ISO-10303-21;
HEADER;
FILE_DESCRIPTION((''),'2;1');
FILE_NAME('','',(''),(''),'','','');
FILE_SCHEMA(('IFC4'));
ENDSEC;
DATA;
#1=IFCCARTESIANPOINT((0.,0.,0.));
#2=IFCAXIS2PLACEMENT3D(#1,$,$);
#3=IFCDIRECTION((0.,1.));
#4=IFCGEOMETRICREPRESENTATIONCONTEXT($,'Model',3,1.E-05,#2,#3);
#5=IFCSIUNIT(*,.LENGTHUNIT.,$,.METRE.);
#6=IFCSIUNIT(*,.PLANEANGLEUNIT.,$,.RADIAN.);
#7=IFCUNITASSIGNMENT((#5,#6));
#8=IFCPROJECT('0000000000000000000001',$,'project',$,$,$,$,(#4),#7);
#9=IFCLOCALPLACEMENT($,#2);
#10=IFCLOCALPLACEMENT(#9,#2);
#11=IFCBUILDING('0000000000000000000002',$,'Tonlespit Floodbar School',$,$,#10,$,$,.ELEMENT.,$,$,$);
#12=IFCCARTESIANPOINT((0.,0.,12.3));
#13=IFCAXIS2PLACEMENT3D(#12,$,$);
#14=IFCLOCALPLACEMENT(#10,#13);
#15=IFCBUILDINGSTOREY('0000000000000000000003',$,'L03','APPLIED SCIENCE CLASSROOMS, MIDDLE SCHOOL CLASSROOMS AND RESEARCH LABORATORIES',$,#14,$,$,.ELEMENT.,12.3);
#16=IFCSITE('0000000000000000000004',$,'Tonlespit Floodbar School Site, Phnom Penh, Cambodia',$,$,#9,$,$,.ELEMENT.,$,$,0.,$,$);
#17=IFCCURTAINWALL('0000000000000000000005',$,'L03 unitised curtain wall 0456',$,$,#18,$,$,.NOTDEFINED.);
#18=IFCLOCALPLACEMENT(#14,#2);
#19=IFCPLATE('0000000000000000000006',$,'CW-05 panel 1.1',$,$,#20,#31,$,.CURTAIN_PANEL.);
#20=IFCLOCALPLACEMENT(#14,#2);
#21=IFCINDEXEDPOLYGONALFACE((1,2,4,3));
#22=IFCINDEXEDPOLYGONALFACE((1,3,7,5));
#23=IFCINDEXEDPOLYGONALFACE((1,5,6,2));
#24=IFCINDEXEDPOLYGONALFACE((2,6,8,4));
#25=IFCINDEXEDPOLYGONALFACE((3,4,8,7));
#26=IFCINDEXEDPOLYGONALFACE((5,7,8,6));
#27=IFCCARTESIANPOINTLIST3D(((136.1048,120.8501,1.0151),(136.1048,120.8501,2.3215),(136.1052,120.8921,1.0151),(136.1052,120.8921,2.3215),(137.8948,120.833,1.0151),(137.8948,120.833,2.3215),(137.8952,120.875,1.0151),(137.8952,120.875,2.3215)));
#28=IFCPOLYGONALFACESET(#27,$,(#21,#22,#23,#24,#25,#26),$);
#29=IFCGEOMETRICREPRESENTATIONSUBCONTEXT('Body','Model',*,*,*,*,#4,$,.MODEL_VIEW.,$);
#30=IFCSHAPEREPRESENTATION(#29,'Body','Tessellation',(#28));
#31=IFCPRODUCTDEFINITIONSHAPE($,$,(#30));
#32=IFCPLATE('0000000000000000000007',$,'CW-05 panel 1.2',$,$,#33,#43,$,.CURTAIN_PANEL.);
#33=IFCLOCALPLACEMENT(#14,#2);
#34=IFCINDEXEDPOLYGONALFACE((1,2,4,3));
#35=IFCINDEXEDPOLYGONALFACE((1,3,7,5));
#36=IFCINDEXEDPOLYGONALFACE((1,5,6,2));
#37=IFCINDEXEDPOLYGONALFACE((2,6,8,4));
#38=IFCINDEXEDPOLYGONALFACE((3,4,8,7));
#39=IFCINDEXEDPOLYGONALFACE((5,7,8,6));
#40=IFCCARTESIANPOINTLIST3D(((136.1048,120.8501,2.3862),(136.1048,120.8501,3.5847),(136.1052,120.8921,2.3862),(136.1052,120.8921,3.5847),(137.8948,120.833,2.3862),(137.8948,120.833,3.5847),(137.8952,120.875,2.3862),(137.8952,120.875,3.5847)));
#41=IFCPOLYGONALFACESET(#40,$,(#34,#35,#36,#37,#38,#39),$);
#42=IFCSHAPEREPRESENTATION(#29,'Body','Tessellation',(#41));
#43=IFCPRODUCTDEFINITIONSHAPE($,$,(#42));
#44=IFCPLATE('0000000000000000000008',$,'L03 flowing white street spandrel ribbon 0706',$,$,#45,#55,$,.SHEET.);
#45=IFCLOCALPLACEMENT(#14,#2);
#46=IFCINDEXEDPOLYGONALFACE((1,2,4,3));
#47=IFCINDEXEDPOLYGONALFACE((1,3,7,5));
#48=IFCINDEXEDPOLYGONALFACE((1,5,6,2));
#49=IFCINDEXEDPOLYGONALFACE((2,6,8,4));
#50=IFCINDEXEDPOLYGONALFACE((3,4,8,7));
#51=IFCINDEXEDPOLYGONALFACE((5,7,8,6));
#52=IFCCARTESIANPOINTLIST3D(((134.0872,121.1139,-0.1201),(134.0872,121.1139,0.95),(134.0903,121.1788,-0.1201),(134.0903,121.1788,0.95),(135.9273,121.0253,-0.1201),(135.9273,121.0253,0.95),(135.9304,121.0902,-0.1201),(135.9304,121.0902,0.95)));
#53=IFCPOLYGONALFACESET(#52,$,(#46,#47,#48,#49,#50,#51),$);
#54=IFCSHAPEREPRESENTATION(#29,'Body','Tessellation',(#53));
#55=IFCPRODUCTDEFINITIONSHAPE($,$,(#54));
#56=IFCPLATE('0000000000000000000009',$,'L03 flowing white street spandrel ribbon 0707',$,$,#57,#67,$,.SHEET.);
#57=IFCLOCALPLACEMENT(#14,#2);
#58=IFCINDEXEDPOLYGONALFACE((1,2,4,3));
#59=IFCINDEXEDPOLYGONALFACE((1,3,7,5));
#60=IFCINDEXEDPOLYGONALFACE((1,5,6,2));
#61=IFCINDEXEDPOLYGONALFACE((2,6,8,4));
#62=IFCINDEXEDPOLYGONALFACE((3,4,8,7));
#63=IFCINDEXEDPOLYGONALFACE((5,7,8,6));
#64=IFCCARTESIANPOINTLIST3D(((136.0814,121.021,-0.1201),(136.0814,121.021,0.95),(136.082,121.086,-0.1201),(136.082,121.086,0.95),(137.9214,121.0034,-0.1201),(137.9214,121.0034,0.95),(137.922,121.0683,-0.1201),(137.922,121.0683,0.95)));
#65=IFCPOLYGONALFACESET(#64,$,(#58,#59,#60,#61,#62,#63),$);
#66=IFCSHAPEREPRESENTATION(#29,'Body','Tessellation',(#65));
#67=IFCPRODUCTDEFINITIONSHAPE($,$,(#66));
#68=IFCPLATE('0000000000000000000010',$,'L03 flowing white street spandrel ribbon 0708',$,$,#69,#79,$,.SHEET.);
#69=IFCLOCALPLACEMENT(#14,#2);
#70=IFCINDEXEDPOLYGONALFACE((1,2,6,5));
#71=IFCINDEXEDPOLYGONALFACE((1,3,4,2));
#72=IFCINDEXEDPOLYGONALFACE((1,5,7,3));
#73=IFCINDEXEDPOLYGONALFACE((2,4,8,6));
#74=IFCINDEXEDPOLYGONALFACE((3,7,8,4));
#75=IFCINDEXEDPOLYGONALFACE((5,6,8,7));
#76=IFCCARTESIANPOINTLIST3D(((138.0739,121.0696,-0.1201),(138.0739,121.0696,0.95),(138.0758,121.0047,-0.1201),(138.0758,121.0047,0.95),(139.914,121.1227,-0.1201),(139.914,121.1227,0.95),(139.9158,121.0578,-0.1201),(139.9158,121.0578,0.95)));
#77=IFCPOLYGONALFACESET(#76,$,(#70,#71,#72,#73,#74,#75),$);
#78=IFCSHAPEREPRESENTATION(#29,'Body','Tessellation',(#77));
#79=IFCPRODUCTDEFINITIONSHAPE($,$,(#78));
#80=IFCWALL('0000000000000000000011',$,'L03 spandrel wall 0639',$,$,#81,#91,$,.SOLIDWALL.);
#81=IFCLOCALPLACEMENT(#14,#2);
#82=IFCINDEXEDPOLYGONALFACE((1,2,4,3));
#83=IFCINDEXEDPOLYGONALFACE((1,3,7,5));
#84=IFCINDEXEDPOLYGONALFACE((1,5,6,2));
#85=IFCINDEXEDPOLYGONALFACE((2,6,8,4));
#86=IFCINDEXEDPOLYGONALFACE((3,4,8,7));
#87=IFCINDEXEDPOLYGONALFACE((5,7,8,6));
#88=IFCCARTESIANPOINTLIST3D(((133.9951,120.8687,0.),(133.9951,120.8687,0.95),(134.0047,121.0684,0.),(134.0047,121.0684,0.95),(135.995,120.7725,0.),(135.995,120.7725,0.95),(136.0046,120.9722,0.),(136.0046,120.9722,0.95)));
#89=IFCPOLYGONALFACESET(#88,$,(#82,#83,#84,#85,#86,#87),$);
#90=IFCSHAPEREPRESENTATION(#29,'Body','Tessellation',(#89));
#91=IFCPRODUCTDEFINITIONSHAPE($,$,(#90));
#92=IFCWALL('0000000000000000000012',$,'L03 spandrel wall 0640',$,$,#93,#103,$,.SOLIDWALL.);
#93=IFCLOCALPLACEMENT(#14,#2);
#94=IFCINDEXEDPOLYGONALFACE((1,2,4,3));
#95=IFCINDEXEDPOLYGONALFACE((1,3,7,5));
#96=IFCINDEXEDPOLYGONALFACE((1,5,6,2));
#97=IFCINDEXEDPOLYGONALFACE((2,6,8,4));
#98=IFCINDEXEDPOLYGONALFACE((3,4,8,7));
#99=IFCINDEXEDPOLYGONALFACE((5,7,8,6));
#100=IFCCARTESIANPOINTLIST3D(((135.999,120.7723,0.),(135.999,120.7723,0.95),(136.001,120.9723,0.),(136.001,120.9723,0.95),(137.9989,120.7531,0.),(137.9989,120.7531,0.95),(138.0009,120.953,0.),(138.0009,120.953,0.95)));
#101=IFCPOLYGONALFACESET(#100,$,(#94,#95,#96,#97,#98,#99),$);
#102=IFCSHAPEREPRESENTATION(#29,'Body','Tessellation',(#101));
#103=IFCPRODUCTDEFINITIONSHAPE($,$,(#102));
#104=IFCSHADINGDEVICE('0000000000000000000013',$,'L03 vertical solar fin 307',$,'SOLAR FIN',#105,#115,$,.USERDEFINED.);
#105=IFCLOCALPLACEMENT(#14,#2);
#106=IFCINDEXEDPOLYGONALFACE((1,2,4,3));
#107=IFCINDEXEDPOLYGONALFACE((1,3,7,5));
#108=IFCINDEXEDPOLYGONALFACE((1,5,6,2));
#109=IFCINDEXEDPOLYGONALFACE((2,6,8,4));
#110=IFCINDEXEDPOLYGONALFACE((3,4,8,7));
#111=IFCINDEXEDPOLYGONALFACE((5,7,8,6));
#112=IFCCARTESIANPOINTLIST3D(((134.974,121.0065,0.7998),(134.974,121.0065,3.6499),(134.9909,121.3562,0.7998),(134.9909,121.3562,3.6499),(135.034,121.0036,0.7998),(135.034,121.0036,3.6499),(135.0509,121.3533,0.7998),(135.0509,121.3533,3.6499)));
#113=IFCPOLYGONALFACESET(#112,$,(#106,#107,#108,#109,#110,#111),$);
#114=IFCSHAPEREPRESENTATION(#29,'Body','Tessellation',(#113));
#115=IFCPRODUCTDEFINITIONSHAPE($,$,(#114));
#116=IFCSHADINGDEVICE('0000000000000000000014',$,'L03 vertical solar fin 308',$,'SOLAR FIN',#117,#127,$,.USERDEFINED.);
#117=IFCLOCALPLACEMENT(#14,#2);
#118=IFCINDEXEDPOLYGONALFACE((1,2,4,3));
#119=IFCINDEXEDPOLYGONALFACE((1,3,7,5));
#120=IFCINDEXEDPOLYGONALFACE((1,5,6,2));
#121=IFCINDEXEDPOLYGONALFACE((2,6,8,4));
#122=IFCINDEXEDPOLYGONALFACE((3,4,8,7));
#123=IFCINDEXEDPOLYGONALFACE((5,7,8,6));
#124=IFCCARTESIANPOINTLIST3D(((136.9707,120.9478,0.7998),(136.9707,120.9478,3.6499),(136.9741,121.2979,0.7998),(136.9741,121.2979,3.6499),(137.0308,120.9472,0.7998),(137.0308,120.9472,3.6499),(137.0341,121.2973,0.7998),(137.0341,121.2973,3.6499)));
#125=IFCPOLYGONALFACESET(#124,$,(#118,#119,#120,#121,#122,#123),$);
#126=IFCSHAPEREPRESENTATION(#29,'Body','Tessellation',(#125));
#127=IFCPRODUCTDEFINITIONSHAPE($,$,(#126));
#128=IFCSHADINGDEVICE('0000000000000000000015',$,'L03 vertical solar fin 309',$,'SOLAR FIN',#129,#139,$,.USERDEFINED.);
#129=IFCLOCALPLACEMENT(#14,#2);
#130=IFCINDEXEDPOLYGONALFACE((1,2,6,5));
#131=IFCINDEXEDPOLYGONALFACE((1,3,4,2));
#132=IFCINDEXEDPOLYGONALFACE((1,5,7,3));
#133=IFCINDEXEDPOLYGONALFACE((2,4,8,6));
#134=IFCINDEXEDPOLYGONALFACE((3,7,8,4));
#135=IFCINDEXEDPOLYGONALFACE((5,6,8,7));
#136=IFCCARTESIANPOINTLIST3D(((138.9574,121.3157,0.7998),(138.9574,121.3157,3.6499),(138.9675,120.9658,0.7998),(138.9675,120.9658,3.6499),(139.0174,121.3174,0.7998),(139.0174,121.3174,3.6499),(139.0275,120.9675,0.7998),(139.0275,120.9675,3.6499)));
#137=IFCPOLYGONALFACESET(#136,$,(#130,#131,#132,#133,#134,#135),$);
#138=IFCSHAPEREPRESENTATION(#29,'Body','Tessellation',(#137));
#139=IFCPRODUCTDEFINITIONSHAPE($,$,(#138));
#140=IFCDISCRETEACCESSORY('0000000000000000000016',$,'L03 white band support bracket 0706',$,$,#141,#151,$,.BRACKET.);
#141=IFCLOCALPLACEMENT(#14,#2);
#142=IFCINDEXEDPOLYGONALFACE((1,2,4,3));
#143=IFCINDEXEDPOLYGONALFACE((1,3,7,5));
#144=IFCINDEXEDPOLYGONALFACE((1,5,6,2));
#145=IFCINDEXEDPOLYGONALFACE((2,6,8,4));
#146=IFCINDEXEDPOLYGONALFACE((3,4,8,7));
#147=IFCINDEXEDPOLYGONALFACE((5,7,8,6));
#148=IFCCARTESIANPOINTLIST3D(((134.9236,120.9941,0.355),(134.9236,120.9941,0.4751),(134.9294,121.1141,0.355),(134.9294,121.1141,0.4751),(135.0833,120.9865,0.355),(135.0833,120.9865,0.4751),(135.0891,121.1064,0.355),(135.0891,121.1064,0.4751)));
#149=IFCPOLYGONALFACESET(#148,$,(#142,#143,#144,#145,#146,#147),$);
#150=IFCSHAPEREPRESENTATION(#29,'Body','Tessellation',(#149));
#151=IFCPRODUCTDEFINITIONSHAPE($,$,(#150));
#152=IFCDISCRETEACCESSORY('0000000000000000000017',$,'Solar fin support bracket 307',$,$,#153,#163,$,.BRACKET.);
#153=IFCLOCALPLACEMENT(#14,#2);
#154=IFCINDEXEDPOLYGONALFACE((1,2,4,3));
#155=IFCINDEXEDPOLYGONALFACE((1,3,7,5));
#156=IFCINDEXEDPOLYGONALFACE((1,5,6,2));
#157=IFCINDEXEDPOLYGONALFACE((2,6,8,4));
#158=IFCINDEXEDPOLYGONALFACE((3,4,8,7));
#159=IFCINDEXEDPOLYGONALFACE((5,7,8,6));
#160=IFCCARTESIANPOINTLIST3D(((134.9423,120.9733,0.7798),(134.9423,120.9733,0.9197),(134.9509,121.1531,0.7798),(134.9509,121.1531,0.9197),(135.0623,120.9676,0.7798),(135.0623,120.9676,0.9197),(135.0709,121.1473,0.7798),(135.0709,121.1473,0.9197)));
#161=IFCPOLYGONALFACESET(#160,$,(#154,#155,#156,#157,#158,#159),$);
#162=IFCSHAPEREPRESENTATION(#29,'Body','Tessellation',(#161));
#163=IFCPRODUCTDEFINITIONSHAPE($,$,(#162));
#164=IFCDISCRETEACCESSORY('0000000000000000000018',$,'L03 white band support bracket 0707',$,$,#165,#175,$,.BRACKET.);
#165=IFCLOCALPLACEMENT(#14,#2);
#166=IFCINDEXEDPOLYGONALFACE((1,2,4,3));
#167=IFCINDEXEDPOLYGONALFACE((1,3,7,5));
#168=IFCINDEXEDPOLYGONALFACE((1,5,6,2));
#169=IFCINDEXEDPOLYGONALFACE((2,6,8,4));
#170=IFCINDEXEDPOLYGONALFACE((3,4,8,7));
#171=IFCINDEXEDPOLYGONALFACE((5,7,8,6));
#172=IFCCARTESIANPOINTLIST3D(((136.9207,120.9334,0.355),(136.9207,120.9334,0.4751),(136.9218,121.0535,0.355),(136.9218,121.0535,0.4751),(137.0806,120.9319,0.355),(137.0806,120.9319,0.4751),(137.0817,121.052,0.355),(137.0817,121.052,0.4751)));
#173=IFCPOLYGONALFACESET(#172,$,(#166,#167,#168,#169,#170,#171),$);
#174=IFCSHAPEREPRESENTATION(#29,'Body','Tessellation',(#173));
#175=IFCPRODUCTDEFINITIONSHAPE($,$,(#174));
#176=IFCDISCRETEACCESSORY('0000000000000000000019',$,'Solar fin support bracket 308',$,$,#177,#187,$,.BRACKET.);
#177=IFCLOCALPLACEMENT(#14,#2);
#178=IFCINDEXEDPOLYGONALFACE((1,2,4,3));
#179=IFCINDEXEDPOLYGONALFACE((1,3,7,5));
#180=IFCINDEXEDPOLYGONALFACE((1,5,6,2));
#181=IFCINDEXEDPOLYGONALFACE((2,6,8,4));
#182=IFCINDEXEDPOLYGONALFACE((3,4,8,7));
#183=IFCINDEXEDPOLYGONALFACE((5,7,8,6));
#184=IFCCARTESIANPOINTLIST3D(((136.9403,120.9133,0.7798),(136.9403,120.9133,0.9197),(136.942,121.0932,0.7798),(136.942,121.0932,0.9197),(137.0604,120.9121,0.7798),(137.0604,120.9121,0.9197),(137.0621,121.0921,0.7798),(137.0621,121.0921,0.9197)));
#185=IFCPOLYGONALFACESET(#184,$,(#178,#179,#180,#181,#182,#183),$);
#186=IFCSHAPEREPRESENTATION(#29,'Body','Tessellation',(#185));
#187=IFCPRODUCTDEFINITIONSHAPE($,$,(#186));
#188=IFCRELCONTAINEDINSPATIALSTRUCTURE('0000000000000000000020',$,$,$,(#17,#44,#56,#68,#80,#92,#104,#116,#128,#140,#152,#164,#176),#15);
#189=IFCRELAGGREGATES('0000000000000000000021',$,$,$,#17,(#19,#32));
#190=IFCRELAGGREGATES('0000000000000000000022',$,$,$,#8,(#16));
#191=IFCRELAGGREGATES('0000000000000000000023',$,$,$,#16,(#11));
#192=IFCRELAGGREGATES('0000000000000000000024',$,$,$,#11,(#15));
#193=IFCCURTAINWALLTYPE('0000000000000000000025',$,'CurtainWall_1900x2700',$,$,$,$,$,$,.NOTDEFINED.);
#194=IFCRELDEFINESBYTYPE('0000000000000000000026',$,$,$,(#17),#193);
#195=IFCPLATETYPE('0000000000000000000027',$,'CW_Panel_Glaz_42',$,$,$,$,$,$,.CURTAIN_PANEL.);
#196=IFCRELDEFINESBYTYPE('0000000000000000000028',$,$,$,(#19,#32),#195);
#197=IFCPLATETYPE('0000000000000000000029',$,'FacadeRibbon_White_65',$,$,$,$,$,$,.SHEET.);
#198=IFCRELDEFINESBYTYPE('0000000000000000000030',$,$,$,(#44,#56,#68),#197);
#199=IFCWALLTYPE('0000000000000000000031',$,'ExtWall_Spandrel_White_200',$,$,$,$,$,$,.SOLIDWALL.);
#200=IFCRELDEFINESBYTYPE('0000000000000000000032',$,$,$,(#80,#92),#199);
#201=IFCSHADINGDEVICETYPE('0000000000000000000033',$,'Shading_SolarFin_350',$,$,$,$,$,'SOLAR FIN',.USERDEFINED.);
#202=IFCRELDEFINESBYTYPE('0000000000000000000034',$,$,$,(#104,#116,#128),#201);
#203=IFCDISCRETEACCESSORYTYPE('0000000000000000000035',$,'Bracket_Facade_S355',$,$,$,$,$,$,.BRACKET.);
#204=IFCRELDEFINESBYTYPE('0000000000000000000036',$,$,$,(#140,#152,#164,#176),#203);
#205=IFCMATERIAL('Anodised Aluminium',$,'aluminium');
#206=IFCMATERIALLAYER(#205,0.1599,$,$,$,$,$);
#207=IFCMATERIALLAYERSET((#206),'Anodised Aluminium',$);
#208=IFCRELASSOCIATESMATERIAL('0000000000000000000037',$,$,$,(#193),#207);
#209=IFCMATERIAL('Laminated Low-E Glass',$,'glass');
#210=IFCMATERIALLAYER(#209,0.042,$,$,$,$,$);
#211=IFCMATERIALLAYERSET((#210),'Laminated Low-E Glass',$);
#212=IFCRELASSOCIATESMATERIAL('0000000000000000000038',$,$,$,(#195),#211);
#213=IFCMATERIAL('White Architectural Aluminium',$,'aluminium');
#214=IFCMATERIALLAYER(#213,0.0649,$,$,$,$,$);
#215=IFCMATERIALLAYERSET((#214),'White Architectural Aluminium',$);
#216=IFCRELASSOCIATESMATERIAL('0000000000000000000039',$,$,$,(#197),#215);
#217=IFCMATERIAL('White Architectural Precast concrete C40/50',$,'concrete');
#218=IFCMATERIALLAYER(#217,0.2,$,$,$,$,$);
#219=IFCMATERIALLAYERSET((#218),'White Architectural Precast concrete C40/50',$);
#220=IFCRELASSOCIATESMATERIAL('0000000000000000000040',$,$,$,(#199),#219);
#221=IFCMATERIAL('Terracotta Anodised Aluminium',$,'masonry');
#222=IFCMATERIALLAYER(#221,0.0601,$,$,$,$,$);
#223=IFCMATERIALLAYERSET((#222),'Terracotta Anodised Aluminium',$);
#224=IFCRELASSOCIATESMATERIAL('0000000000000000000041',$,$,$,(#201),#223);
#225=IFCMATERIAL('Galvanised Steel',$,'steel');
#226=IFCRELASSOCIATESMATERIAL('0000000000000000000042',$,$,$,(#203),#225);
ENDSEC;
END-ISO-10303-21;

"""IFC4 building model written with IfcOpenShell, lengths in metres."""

from ifc_helpers import new_model, si_unit, direction, frame, frame_2d, origin, origin_2d, place, context, subcontext, project, spatial, rectangle, extrude, material, layer, layer_set, type_object, element, aggregate, save


model = new_model("IFC4")

# Units and contexts
model_context = context("Model", 3, precision=1e-05, world=origin(), true_north=direction((0.0, 1.0)))
body_context = subcontext(model_context, "Body", "Model", "MODEL_VIEW")
ifc_project = project(units=[si_unit("LENGTHUNIT", "METRE"), si_unit("PLANEANGLEUNIT", "RADIAN")], contexts=[model_context])

# Site, building, storey
site_placement = place(None, origin())
site = spatial("IfcSite", under=ifc_project, at=site_placement, Name="Tonlespit Floodbar School Site, Phnom Penh, Cambodia", CompositionType="ELEMENT", RefElevation=0.0)
building_placement = place(site_placement, origin())
building = spatial("IfcBuilding", under=site, at=building_placement, Name="Tonlespit Floodbar School", CompositionType="ELEMENT")
storey_placement = place(building_placement, frame((0.0, 0.0, 12.3)))
storey = spatial("IfcBuildingStorey", under=building, at=storey_placement, Name="L03", Description="APPLIED SCIENCE CLASSROOMS, MIDDLE SCHOOL CLASSROOMS AND RESEARCH LABORATORIES", CompositionType="ELEMENT", Elevation=12.3)

# Curtain wall
ifc_material_1 = material(Name="Anodised Aluminium", Category="aluminium")
ifc_layer_1 = layer(ifc_material_1, 0.1599)
ifc_layer_set_1 = layer_set([ifc_layer_1], Name="Anodised Aluminium")
curtain_wall_type_1 = type_object("IfcCurtainWallType", Name="CurtainWall_1900x2700", PredefinedType="NOTDEFINED", material=ifc_layer_set_1)
curtain_wall_1_placement = place(storey_placement, origin())
curtain_wall_1 = element("IfcCurtainWall", 1, at=curtain_wall_1_placement, inside=storey, type_object=curtain_wall_type_1, Name="L03 unitised curtain wall 0456", PredefinedType="NOTDEFINED")

# Shared definitions
ifc_material_2 = material(Name="Laminated Low-E Glass", Category="glass")

# Plates
ifc_layer_2 = layer(ifc_material_2, 0.042)
ifc_layer_set_2 = layer_set([ifc_layer_2], Name="Laminated Low-E Glass")
plate_type_1 = type_object("IfcPlateType", Name="CW_Panel_Glaz_42", PredefinedType="CURTAIN_PANEL", material=ifc_layer_set_2)
plate_1_placement = place(storey_placement, frame((137.0, 120.8625, 1.0151), z_axis=(0.0, 0.0, 1.0), x_axis=(0.999954, -0.009583, 0.0)))
plate_1 = element("IfcPlate", 2, at=plate_1_placement, type_object=plate_type_1, Name="CW-05 panel 1.1", PredefinedType="CURTAIN_PANEL", context=body_context, shape_type="SweptSolid", body=[
    extrude(rectangle(XDim=1.79, YDim=0.042, at=origin_2d()), origin(), (0.0, 0.0, 1.0), 1.3064),
])
plate_2_placement = place(storey_placement, frame((137.0, 120.8625, 2.3862), z_axis=(0.0, 0.0, 1.0), x_axis=(0.999954, -0.009583, 0.0)))
plate_2 = element("IfcPlate", 3, at=plate_2_placement, type_object=plate_type_1, Name="CW-05 panel 1.2", PredefinedType="CURTAIN_PANEL", context=body_context, shape_type="SweptSolid", body=[
    extrude(rectangle(XDim=1.79, YDim=0.042, at=origin_2d()), origin(), (0.0, 0.0, 1.0), 1.1985),
])
aggregate(curtain_wall_1, [plate_1, plate_2])

# Plates
ifc_material_3 = material(Name="White Architectural Aluminium", Category="aluminium")
ifc_layer_3 = layer(ifc_material_3, 0.0649)
ifc_layer_set_3 = layer_set([ifc_layer_3], Name="White Architectural Aluminium")
plate_type_2 = type_object("IfcPlateType", Name="FacadeRibbon_White_65", PredefinedType="SHEET", material=ifc_layer_set_3)
plate_3_placement = place(storey_placement, frame((135.0088, 121.1021, -0.1201), z_axis=(0.0, 0.0, 1.0), x_axis=(0.998843, -0.048095, 0.0)))
element("IfcPlate", 4, at=plate_3_placement, inside=storey, type_object=plate_type_2, Name="L03 flowing white street spandrel ribbon 0706", PredefinedType="SHEET", context=body_context, shape_type="SweptSolid", body=[
    extrude(rectangle(XDim=1.8423, YDim=0.0649, at=origin_2d()), origin(), (0.0, 0.0, 1.0), 1.0701),
])
plate_4_placement = place(storey_placement, frame((137.0017, 121.0447, -0.1201), z_axis=(0.0, 0.0, 1.0), x_axis=(0.999954, -0.009599, 0.0)))
element("IfcPlate", 5, at=plate_4_placement, inside=storey, type_object=plate_type_2, Name="L03 flowing white street spandrel ribbon 0707", PredefinedType="SHEET", context=body_context, shape_type="SweptSolid", body=[
    extrude(rectangle(XDim=1.8401, YDim=0.0649, at=origin_2d()), origin(), (0.0, 0.0, 1.0), 1.0701),
])
plate_5_placement = place(storey_placement, frame((138.9949, 121.0637, -0.1201), z_axis=(0.0, 0.0, 1.0), x_axis=(0.999584, 0.028838, 0.0)))
element("IfcPlate", 6, at=plate_5_placement, inside=storey, type_object=plate_type_2, Name="L03 flowing white street spandrel ribbon 0708", PredefinedType="SHEET", context=body_context, shape_type="SweptSolid", body=[
    extrude(rectangle(XDim=1.8408, YDim=0.0649, at=origin_2d()), origin(), (0.0, 0.0, 1.0), 1.0701),
])

# Walls
ifc_material_4 = material(Name="White Architectural Precast concrete C40/50", Category="concrete")
ifc_layer_4 = layer(ifc_material_4, 0.2)
ifc_layer_set_4 = layer_set([ifc_layer_4], Name="White Architectural Precast concrete C40/50")
wall_type = type_object("IfcWallType", Name="ExtWall_Spandrel_White_200", PredefinedType="SOLIDWALL", material=ifc_layer_set_4)
wall_1_placement = place(storey_placement, frame((134.0, 120.9685, 0.0), z_axis=(0.0, 0.0, 1.0), x_axis=(0.998845, -0.04804, 0.0)))
element("IfcWall", 7, at=wall_1_placement, inside=storey, type_object=wall_type, Name="L03 spandrel wall 0639", PredefinedType="SOLIDWALL", context=body_context, shape_type="SweptSolid", body=[
    extrude(rectangle(XDim=2.0022, YDim=0.2, at=frame_2d((1.001, 0.0))), origin(), (0.0, 0.0, 1.0), 0.95),
])
wall_2_placement = place(storey_placement, frame((136.0, 120.8723, 0.0), z_axis=(0.0, 0.0, 1.0), x_axis=(0.999954, -0.009643, 0.0)))
element("IfcWall", 8, at=wall_2_placement, inside=storey, type_object=wall_type, Name="L03 spandrel wall 0640", PredefinedType="SOLIDWALL", context=body_context, shape_type="SweptSolid", body=[
    extrude(rectangle(XDim=2.0, YDim=0.2, at=frame_2d((1.0, 0.0))), origin(), (0.0, 0.0, 1.0), 0.95),
])

# Shading devices
ifc_material_5 = material(Name="Terracotta Anodised Aluminium", Category="masonry")
ifc_layer_5 = layer(ifc_material_5, 0.0601)
ifc_layer_set_5 = layer_set([ifc_layer_5], Name="Terracotta Anodised Aluminium")
shading_device_type = type_object("IfcShadingDeviceType", Name="Shading_SolarFin_350", ElementType="SOLAR FIN", PredefinedType="USERDEFINED", material=ifc_layer_set_5)
for number, where, z_axis, x_axis, name in (
    (9, (135.0125, 121.1799, 0.7998), (0.0, 0.0, 1.0), (0.998843, -0.048095, 0.0), "L03 vertical solar fin 307"),
    (10, (137.0024, 121.1226, 0.7998), (0.0, 0.0, 1.0), (0.999954, -0.009599, 0.0), "L03 vertical solar fin 308"),
    (11, (138.9924, 121.1416, 0.7998), (0.0, 0.0, 1.0), (0.999584, 0.028838, 0.0), "L03 vertical solar fin 309"),
):
    element("IfcShadingDevice", number, at=place(storey_placement, frame(where, z_axis=z_axis, x_axis=x_axis)), inside=storey, type_object=shading_device_type, Name=name, ObjectType="SOLAR FIN", PredefinedType="USERDEFINED", context=body_context, shape_type="SweptSolid", body=[
        extrude(rectangle(XDim=0.0601, YDim=0.3501, at=origin_2d()), origin(), (0.0, 0.0, 1.0), 2.8501),
    ])

# Discrete accessories
ifc_material_6 = material(Name="Galvanised Steel", Category="steel")
discrete_accessory_type = type_object("IfcDiscreteAccessoryType", Name="Bracket_Facade_S355", PredefinedType="BRACKET", material=ifc_material_6)
discrete_accessory_1_placement = place(storey_placement, frame((135.0063, 121.0503, 0.355), z_axis=(0.0, 0.0, 1.0), x_axis=(0.998843, -0.048095, 0.0)))
element("IfcDiscreteAccessory", 12, at=discrete_accessory_1_placement, inside=storey, type_object=discrete_accessory_type, Name="L03 white band support bracket 0706", PredefinedType="BRACKET", context=body_context, shape_type="SweptSolid", body=[
    extrude(rectangle(XDim=0.1599, YDim=0.1201, at=origin_2d()), origin(), (0.0, 0.0, 1.0), 0.1201),
])
discrete_accessory_2_placement = place(storey_placement, frame((135.0066, 121.0603, 0.7798), z_axis=(0.0, 0.0, 1.0), x_axis=(0.998843, -0.048095, 0.0)))
element("IfcDiscreteAccessory", 13, at=discrete_accessory_2_placement, inside=storey, type_object=discrete_accessory_type, Name="Solar fin support bracket 307", PredefinedType="BRACKET", context=body_context, shape_type="SweptSolid", body=[
    extrude(rectangle(XDim=0.1201, YDim=0.1799, at=origin_2d()), origin(), (0.0, 0.0, 1.0), 0.1399),
])
discrete_accessory_3_placement = place(storey_placement, frame((137.0012, 120.9927, 0.355), z_axis=(0.0, 0.0, 1.0), x_axis=(0.999954, -0.009599, 0.0)))
element("IfcDiscreteAccessory", 14, at=discrete_accessory_3_placement, inside=storey, type_object=discrete_accessory_type, Name="L03 white band support bracket 0707", PredefinedType="BRACKET", context=body_context, shape_type="SweptSolid", body=[
    extrude(rectangle(XDim=0.1599, YDim=0.1201, at=origin_2d()), origin(), (0.0, 0.0, 1.0), 0.1201),
])
discrete_accessory_4_placement = place(storey_placement, frame((137.0012, 121.0027, 0.7798), z_axis=(0.0, 0.0, 1.0), x_axis=(0.999954, -0.009599, 0.0)))
element("IfcDiscreteAccessory", 15, at=discrete_accessory_4_placement, inside=storey, type_object=discrete_accessory_type, Name="Solar fin support bracket 308", PredefinedType="BRACKET", context=body_context, shape_type="SweptSolid", body=[
    extrude(rectangle(XDim=0.1201, YDim=0.1799, at=origin_2d()), origin(), (0.0, 0.0, 1.0), 0.1399),
])

save(model, "model.ifc")
